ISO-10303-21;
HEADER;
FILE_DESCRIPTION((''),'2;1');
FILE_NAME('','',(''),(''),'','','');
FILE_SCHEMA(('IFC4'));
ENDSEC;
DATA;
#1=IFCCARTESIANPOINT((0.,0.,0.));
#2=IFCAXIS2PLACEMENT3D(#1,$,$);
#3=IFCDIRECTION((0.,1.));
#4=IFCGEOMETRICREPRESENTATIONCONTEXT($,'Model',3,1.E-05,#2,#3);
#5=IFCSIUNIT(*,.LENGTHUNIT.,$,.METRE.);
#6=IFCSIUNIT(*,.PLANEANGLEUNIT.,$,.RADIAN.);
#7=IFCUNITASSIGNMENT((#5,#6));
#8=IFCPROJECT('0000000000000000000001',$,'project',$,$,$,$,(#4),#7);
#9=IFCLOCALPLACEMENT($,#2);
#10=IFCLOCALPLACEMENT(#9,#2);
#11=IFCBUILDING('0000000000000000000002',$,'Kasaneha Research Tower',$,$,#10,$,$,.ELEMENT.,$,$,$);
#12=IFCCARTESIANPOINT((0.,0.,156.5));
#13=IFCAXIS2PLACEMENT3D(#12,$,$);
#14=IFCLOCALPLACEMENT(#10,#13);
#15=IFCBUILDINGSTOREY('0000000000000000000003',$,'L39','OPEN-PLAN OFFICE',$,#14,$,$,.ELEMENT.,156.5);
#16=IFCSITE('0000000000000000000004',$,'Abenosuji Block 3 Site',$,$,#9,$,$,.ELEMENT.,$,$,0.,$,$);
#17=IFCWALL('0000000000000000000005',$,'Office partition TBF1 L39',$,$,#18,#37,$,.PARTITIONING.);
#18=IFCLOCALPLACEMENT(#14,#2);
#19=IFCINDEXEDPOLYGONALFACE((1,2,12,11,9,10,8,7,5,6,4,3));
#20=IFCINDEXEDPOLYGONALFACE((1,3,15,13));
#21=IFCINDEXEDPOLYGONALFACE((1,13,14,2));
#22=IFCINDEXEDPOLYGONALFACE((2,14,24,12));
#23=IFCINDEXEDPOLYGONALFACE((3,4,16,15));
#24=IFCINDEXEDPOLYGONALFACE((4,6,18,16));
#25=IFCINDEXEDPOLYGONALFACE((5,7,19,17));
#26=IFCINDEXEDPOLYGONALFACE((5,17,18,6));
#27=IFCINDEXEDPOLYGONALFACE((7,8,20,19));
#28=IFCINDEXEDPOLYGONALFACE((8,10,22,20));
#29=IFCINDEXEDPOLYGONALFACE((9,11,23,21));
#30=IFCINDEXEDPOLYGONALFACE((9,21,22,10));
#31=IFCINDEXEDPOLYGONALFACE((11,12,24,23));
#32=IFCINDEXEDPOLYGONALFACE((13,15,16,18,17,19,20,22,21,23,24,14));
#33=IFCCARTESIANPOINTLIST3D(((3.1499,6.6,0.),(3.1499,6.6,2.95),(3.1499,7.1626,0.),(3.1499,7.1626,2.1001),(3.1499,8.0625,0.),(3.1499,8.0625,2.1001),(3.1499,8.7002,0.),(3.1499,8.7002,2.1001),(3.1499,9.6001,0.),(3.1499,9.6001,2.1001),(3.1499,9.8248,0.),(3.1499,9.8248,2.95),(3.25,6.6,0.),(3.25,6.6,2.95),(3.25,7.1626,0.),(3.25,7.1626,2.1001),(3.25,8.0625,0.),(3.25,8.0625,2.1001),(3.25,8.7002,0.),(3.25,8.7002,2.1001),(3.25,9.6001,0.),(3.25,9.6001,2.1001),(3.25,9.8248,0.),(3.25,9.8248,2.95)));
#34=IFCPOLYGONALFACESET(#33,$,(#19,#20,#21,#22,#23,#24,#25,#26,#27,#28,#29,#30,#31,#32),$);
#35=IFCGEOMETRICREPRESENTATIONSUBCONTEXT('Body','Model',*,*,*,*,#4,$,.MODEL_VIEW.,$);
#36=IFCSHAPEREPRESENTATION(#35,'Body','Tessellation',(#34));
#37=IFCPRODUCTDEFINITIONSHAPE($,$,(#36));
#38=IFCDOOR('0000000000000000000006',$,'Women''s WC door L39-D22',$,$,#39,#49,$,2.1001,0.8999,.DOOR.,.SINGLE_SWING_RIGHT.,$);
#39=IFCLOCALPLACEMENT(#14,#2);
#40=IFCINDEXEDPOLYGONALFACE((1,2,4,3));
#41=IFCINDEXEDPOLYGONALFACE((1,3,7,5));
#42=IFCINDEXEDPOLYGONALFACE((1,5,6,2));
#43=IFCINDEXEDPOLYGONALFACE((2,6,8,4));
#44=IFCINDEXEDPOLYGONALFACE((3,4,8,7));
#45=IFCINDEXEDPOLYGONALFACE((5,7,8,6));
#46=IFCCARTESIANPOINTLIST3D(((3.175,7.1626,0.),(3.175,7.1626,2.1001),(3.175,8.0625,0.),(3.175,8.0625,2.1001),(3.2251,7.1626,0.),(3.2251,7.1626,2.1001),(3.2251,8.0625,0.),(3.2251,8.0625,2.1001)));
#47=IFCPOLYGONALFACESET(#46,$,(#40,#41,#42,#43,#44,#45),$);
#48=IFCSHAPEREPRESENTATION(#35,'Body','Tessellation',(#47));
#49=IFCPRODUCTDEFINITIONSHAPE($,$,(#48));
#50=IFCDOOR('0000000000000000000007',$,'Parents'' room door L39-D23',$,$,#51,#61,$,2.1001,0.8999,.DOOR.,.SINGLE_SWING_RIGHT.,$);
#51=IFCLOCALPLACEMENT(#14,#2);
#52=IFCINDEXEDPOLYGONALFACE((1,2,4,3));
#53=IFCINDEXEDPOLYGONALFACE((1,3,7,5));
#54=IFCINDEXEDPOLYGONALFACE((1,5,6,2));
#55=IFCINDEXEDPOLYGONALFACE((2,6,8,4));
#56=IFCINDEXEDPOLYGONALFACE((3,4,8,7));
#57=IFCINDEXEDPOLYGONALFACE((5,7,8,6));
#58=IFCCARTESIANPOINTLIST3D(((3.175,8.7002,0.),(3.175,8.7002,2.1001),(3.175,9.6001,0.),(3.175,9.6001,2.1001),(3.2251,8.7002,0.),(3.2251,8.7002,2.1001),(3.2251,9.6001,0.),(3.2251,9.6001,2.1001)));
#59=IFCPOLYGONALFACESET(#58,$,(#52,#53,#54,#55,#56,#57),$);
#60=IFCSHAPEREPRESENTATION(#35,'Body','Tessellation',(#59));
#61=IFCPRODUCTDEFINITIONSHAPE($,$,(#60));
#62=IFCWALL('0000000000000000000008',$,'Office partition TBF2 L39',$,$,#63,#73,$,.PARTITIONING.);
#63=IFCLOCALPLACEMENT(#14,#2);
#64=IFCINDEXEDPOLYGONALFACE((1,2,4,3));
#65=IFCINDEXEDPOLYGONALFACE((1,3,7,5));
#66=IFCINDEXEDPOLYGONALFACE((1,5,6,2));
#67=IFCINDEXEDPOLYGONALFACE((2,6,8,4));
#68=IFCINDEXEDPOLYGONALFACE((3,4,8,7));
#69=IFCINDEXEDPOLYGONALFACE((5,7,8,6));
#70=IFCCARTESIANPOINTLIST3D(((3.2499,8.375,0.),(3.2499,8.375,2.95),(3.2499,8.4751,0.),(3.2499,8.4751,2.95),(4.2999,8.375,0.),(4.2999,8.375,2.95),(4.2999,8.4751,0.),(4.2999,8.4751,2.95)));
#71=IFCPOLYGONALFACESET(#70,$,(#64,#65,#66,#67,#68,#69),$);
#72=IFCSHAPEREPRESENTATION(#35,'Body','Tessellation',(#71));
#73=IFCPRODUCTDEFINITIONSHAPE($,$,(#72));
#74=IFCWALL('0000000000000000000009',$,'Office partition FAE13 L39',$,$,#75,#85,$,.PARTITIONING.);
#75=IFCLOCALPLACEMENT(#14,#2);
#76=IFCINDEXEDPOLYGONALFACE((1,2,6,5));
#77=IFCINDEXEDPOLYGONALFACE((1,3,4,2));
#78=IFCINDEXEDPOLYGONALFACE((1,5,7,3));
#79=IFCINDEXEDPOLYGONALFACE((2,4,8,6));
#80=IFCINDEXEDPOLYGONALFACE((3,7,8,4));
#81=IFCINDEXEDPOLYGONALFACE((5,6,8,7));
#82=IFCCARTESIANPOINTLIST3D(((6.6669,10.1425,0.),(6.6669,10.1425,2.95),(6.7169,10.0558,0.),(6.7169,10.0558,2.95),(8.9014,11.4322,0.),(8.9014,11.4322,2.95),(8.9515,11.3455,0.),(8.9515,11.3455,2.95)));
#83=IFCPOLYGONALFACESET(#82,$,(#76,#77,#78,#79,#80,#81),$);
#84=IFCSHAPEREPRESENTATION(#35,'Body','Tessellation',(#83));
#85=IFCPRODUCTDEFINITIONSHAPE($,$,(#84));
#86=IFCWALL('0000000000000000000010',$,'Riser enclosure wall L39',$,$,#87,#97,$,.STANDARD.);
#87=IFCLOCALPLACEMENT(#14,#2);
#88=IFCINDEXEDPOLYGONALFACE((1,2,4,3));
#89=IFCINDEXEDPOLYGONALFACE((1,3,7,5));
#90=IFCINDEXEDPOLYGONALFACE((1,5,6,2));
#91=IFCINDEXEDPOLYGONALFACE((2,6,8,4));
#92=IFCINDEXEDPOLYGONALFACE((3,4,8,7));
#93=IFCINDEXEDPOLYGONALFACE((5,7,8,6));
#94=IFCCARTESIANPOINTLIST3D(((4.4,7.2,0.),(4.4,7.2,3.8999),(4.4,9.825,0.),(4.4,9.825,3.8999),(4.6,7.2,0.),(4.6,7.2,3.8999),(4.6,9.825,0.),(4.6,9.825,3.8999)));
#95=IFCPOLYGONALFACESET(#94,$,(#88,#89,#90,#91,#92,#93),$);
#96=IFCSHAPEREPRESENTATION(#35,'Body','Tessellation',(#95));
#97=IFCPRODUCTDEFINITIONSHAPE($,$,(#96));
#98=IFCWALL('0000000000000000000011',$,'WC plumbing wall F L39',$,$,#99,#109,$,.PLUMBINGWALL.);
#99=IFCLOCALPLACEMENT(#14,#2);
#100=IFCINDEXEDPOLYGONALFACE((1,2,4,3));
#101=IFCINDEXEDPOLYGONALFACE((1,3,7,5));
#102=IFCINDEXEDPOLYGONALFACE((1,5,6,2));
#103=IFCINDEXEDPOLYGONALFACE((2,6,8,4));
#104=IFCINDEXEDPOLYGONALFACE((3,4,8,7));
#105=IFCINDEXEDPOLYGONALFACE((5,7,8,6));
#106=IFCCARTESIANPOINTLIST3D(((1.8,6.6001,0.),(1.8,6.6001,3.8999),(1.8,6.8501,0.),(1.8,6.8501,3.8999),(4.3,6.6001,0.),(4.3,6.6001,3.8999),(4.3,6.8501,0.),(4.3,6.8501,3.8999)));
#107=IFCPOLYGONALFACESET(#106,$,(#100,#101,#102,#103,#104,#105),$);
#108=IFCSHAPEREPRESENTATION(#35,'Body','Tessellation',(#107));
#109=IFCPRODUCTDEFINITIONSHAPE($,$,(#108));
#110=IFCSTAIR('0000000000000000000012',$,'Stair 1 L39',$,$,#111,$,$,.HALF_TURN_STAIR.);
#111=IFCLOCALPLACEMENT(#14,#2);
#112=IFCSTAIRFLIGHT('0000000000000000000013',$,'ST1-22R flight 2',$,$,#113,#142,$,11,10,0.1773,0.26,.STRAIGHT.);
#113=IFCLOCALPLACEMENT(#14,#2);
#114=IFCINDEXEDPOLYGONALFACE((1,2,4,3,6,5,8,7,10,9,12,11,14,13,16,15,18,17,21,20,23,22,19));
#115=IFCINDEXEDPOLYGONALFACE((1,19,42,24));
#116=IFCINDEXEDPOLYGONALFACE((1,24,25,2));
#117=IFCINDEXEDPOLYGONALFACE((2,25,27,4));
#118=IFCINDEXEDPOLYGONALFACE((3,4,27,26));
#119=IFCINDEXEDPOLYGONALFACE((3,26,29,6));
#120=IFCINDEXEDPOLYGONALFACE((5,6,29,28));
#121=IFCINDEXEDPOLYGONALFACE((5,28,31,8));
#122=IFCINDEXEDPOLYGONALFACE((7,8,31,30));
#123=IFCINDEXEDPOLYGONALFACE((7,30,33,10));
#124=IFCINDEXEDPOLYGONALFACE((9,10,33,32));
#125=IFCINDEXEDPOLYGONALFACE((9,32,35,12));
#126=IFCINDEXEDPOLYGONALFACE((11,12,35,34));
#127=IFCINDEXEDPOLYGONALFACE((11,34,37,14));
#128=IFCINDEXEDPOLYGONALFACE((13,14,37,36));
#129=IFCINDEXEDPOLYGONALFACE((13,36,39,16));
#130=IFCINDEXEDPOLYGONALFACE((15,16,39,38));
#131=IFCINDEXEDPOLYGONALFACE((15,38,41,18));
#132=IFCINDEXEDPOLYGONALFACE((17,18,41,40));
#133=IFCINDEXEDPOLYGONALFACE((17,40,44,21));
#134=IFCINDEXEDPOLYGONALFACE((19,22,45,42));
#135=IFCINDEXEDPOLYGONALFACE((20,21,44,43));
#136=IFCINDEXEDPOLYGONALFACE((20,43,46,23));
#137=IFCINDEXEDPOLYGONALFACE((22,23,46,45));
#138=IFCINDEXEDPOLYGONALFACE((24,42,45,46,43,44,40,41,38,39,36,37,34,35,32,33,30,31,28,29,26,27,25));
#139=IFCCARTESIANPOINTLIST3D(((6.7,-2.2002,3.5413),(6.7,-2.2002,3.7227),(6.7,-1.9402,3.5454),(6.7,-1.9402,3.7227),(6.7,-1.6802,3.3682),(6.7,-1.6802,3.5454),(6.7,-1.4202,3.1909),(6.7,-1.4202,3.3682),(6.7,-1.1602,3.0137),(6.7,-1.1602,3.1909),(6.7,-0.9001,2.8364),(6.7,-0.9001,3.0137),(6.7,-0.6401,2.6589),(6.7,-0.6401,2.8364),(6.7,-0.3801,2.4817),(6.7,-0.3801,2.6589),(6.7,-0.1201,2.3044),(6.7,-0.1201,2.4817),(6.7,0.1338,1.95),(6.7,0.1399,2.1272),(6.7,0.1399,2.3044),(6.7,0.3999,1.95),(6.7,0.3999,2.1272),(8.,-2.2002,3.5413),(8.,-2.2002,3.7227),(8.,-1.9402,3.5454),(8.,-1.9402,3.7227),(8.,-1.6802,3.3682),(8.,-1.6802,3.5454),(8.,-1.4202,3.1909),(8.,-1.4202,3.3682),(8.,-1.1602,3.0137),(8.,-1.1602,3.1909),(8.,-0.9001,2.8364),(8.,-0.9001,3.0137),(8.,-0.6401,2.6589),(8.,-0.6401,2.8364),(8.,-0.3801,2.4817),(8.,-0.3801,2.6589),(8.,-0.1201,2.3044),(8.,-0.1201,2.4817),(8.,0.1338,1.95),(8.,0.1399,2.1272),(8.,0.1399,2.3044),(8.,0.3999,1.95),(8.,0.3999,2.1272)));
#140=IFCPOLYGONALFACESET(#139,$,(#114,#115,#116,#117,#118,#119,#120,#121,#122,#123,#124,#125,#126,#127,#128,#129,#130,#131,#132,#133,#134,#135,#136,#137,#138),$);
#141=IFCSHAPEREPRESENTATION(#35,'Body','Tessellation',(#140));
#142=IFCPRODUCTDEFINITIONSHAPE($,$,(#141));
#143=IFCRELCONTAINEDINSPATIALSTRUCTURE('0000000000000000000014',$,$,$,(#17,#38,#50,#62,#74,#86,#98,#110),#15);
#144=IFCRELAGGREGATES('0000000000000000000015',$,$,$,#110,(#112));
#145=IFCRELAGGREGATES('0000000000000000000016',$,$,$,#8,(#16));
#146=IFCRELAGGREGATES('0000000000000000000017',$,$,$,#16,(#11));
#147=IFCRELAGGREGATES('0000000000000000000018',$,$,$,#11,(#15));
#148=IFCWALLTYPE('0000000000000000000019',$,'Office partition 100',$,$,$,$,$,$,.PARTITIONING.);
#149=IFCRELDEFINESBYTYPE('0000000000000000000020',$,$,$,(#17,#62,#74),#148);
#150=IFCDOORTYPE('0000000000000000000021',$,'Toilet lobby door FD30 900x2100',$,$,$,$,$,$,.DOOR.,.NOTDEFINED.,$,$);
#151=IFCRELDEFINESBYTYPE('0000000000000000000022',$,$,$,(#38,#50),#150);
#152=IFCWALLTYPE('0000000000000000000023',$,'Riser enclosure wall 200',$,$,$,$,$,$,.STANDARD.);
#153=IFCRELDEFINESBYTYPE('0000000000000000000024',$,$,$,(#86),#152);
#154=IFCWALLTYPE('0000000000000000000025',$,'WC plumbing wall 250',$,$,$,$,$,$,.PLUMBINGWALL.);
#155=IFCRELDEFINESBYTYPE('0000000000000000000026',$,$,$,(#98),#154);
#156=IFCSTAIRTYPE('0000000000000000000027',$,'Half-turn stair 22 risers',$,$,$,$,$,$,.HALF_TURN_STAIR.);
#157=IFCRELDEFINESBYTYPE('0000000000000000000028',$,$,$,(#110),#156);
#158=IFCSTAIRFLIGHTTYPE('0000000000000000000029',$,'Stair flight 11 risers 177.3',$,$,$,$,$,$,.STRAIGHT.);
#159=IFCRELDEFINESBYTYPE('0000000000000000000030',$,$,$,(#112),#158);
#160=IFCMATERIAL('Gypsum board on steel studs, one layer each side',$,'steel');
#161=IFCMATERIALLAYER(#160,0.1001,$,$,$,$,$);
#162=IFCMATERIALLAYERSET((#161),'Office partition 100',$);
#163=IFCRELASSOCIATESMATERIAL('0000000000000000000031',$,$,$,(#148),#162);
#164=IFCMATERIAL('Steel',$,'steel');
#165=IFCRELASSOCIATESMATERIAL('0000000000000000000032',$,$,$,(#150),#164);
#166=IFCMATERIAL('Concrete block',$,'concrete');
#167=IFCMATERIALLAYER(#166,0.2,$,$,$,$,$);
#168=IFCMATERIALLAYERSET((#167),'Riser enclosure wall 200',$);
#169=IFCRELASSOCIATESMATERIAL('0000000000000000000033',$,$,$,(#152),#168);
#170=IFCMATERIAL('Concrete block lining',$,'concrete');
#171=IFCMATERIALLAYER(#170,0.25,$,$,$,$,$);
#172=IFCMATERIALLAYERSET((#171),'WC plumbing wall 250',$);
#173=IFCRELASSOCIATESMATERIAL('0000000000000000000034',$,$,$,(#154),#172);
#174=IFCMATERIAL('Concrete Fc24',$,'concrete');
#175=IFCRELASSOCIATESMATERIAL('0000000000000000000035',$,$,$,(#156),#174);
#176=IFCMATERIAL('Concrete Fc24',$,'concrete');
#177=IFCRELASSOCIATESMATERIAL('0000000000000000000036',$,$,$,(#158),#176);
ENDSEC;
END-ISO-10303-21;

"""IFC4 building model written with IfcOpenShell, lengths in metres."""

from ifc_helpers import new_model, si_unit, direction, frame, frame_2d, origin, place, context, subcontext, project, spatial, polyline, rectangle, outline, extrude, material, layer, layer_set, type_object, element, fill, aggregate, save


model = new_model("IFC4")

# Units and contexts
model_context = context("Model", 3, precision=1e-05, world=origin(), true_north=direction((0.0, 1.0)))
body_context = subcontext(model_context, "Body", "Model", "MODEL_VIEW")
ifc_project = project(units=[si_unit("LENGTHUNIT", "METRE"), si_unit("PLANEANGLEUNIT", "RADIAN")], contexts=[model_context])

# Site, building, storey
site_placement = place(None, origin())
site = spatial("IfcSite", under=ifc_project, at=site_placement, Name="Abenosuji Block 3 Site", CompositionType="ELEMENT", RefElevation=0.0)
building_placement = place(site_placement, origin())
building = spatial("IfcBuilding", under=site, at=building_placement, Name="Kasaneha Research Tower", CompositionType="ELEMENT")
storey_placement = place(building_placement, frame((0.0, 0.0, 156.5)))
storey = spatial("IfcBuildingStorey", under=building, at=storey_placement, Name="L39", Description="OPEN-PLAN OFFICE", CompositionType="ELEMENT", Elevation=156.5)

# Wall, openings, doors
ifc_material_1 = material(Name="Gypsum board on steel studs, one layer each side", Category="steel")
ifc_layer_1 = layer(ifc_material_1, 0.1001)
ifc_layer_set_1 = layer_set([ifc_layer_1], Name="Office partition 100")
wall_type_1 = type_object("IfcWallType", Name="Office partition 100", PredefinedType="PARTITIONING", material=ifc_layer_set_1)
wall_1_placement = place(storey_placement, frame((3.2, 6.6001, 0.0), z_axis=(0.0, 0.0, 1.0), x_axis=(0.0, 1.0, 0.0)))
wall_1 = element("IfcWall", 1, at=wall_1_placement, inside=storey, type_object=wall_type_1, Name="Office partition TBF1 L39", PredefinedType="PARTITIONING", context=body_context, shape_type="SweptSolid", body=[
    extrude(rectangle(XDim=3.2249, YDim=0.1001, at=frame_2d((1.6123, 0.0))), origin(), (0.0, 0.0, 1.0), 2.95),
])
opening_1_placement = place(wall_1_placement, frame((0.5625, 0.0, 0.0)))
opening_1 = element("IfcOpeningElement", 2, at=opening_1_placement, cuts=wall_1, PredefinedType="OPENING", context=body_context, shape_type="SweptSolid", body=[
    extrude(rectangle(XDim=0.8999, YDim=2.1001, at=frame_2d((0.45, 1.05))), frame((0.0, 0.0601, 0.0), z_axis=(0.0, -1.0, 0.0), x_axis=(1.0, 0.0, 0.0)), (0.0, 0.0, 1.0), 0.1201),
])
opening_2_placement = place(wall_1_placement, frame((2.1001, 0.0, 0.0)))
opening_2 = element("IfcOpeningElement", 3, at=opening_2_placement, cuts=wall_1, PredefinedType="OPENING", context=body_context, shape_type="SweptSolid", body=[
    extrude(rectangle(XDim=0.8999, YDim=2.1001, at=frame_2d((0.45, 1.05))), frame((0.0, 0.0601, 0.0), z_axis=(0.0, -1.0, 0.0), x_axis=(1.0, 0.0, 0.0)), (0.0, 0.0, 1.0), 0.1201),
])
ifc_material_2 = material(Name="Steel", Category="steel")
door_type_1 = type_object("IfcDoorType", Name="Toilet lobby door FD30 900x2100", OperationType="NOTDEFINED", PredefinedType="DOOR", material=ifc_material_2)
door_1_placement = place(opening_1_placement, origin())
door_1 = element("IfcDoor", 4, at=door_1_placement, inside=storey, type_object=door_type_1, Name="Women's WC door L39-D22", OperationType="SINGLE_SWING_RIGHT", OverallHeight=2.1001, OverallWidth=0.8999, PredefinedType="DOOR", context=body_context, shape_type="SweptSolid", body=[
    extrude(rectangle(XDim=0.8999, YDim=2.1001, at=frame_2d((0.45, 1.05))), frame((0.0, 0.0249, 0.0), z_axis=(0.0, -1.0, 0.0), x_axis=(1.0, 0.0, 0.0)), (0.0, 0.0, 1.0), 0.05),
])
fill(opening_1, door_1)
door_2_placement = place(opening_2_placement, origin())
door_2 = element("IfcDoor", 5, at=door_2_placement, inside=storey, type_object=door_type_1, Name="Parents' room door L39-D23", OperationType="SINGLE_SWING_RIGHT", OverallHeight=2.1001, OverallWidth=0.8999, PredefinedType="DOOR", context=body_context, shape_type="SweptSolid", body=[
    extrude(rectangle(XDim=0.8999, YDim=2.1001, at=frame_2d((0.45, 1.05))), frame((0.0, 0.0249, 0.0), z_axis=(0.0, -1.0, 0.0), x_axis=(1.0, 0.0, 0.0)), (0.0, 0.0, 1.0), 0.05),
])
fill(opening_2, door_2)

# Walls
wall_2_placement = place(storey_placement, frame((3.25, 8.425, 0.0), z_axis=(0.0, 0.0, 1.0), x_axis=(1.0, 0.0, 0.0)))
element("IfcWall", 6, at=wall_2_placement, inside=storey, type_object=wall_type_1, Name="Office partition TBF2 L39", PredefinedType="PARTITIONING", context=body_context, shape_type="SweptSolid", body=[
    extrude(rectangle(XDim=1.05, YDim=0.1001, at=frame_2d((0.5249, 0.0))), origin(), (0.0, 0.0, 1.0), 2.95),
])
wall_3_placement = place(storey_placement, frame((6.6919, 10.0991, 0.0), z_axis=(0.0, 0.0, 1.0), x_axis=(0.866086, 0.499894, 0.0)))
element("IfcWall", 7, at=wall_3_placement, inside=storey, type_object=wall_type_1, Name="Office partition FAE13 L39", PredefinedType="PARTITIONING", context=body_context, shape_type="SweptSolid", body=[
    extrude(rectangle(XDim=2.5801, YDim=0.1001, at=frame_2d((1.29, 0.0))), origin(), (0.0, 0.0, 1.0), 2.95),
])
ifc_material_3 = material(Name="Concrete block", Category="concrete")
ifc_layer_2 = layer(ifc_material_3, 0.2)
ifc_layer_set_2 = layer_set([ifc_layer_2], Name="Riser enclosure wall 200")
wall_type_2 = type_object("IfcWallType", Name="Riser enclosure wall 200", PredefinedType="STANDARD", material=ifc_layer_set_2)
wall_4_placement = place(storey_placement, frame((4.5, 7.2, 0.0), z_axis=(0.0, 0.0, 1.0), x_axis=(0.0, 1.0, 0.0)))
element("IfcWall", 8, at=wall_4_placement, inside=storey, type_object=wall_type_2, Name="Riser enclosure wall L39", PredefinedType="STANDARD", context=body_context, shape_type="SweptSolid", body=[
    extrude(rectangle(XDim=2.625, YDim=0.2, at=frame_2d((1.3125, 0.0))), origin(), (0.0, 0.0, 1.0), 3.8999),
])
ifc_material_4 = material(Name="Concrete block lining", Category="concrete")
ifc_layer_3 = layer(ifc_material_4, 0.25)
ifc_layer_set_3 = layer_set([ifc_layer_3], Name="WC plumbing wall 250")
wall_type_3 = type_object("IfcWallType", Name="WC plumbing wall 250", PredefinedType="PLUMBINGWALL", material=ifc_layer_set_3)
wall_5_placement = place(storey_placement, frame((1.8, 6.7251, 0.0), z_axis=(0.0, 0.0, 1.0), x_axis=(1.0, 0.0, 0.0)))
element("IfcWall", 9, at=wall_5_placement, inside=storey, type_object=wall_type_3, Name="WC plumbing wall F L39", PredefinedType="PLUMBINGWALL", context=body_context, shape_type="SweptSolid", body=[
    extrude(rectangle(XDim=2.5, YDim=0.25, at=frame_2d((1.25, 0.0))), origin(), (0.0, 0.0, 1.0), 3.8999),
])

# Stair, stair flight
ifc_material_5 = material(Name="Concrete Fc24", Category="concrete")
stair_type = type_object("IfcStairType", Name="Half-turn stair 22 risers", PredefinedType="HALF_TURN_STAIR", material=ifc_material_5)
stair_placement = place(storey_placement, origin())
stair = element("IfcStair", 10, at=stair_placement, inside=storey, type_object=stair_type, Name="Stair 1 L39", PredefinedType="HALF_TURN_STAIR")
ifc_material_6 = material(Name="Concrete Fc24", Category="concrete")
stair_flight_type = type_object("IfcStairFlightType", Name="Stair flight 11 risers 177.3", PredefinedType="STRAIGHT", material=ifc_material_6)
stair_flight_placement = place(storey_placement, frame((7.3501, 0.3999, 1.95), z_axis=(0.0, 0.0, 1.0), x_axis=(0.0, -1.0, 0.0)))
stair_flight = element("IfcStairFlight", 11, at=stair_flight_placement, type_object=stair_flight_type, Name="ST1-22R flight 2", NumberOfRisers=11, NumberOfTreads=10, PredefinedType="STRAIGHT", RiserHeight=0.1773, TreadLength=0.26, context=body_context, shape_type="SweptSolid", body=[
    extrude(outline(polyline([(0.0, 0.0), (0.0, 0.1772), (0.26, 0.1772), (0.26, 0.3545), (0.52, 0.3545), (0.52, 0.5317), (0.78, 0.5317), (0.78, 0.709), (1.04, 0.709), (1.04, 0.8865), (1.3, 0.8865), (1.3, 1.0637), (1.5601, 1.0637), (1.5601, 1.241), (1.8201, 1.241), (1.8201, 1.4182), (2.0801, 1.4182), (2.0801, 1.5955), (2.3401, 1.5955), (2.3401, 1.7727), (2.6001, 1.7727), (2.6001, 1.95), (2.6001, 1.5913), (0.2661, 0.0), (0.0, 0.0)])), frame((0.0, 0.6499, 0.0), z_axis=(0.0, -1.0, 0.0), x_axis=(1.0, 0.0, 0.0)), (0.0, 0.0, 1.0), 1.3),
])
aggregate(stair, [stair_flight])

save(model, "model.ifc")
